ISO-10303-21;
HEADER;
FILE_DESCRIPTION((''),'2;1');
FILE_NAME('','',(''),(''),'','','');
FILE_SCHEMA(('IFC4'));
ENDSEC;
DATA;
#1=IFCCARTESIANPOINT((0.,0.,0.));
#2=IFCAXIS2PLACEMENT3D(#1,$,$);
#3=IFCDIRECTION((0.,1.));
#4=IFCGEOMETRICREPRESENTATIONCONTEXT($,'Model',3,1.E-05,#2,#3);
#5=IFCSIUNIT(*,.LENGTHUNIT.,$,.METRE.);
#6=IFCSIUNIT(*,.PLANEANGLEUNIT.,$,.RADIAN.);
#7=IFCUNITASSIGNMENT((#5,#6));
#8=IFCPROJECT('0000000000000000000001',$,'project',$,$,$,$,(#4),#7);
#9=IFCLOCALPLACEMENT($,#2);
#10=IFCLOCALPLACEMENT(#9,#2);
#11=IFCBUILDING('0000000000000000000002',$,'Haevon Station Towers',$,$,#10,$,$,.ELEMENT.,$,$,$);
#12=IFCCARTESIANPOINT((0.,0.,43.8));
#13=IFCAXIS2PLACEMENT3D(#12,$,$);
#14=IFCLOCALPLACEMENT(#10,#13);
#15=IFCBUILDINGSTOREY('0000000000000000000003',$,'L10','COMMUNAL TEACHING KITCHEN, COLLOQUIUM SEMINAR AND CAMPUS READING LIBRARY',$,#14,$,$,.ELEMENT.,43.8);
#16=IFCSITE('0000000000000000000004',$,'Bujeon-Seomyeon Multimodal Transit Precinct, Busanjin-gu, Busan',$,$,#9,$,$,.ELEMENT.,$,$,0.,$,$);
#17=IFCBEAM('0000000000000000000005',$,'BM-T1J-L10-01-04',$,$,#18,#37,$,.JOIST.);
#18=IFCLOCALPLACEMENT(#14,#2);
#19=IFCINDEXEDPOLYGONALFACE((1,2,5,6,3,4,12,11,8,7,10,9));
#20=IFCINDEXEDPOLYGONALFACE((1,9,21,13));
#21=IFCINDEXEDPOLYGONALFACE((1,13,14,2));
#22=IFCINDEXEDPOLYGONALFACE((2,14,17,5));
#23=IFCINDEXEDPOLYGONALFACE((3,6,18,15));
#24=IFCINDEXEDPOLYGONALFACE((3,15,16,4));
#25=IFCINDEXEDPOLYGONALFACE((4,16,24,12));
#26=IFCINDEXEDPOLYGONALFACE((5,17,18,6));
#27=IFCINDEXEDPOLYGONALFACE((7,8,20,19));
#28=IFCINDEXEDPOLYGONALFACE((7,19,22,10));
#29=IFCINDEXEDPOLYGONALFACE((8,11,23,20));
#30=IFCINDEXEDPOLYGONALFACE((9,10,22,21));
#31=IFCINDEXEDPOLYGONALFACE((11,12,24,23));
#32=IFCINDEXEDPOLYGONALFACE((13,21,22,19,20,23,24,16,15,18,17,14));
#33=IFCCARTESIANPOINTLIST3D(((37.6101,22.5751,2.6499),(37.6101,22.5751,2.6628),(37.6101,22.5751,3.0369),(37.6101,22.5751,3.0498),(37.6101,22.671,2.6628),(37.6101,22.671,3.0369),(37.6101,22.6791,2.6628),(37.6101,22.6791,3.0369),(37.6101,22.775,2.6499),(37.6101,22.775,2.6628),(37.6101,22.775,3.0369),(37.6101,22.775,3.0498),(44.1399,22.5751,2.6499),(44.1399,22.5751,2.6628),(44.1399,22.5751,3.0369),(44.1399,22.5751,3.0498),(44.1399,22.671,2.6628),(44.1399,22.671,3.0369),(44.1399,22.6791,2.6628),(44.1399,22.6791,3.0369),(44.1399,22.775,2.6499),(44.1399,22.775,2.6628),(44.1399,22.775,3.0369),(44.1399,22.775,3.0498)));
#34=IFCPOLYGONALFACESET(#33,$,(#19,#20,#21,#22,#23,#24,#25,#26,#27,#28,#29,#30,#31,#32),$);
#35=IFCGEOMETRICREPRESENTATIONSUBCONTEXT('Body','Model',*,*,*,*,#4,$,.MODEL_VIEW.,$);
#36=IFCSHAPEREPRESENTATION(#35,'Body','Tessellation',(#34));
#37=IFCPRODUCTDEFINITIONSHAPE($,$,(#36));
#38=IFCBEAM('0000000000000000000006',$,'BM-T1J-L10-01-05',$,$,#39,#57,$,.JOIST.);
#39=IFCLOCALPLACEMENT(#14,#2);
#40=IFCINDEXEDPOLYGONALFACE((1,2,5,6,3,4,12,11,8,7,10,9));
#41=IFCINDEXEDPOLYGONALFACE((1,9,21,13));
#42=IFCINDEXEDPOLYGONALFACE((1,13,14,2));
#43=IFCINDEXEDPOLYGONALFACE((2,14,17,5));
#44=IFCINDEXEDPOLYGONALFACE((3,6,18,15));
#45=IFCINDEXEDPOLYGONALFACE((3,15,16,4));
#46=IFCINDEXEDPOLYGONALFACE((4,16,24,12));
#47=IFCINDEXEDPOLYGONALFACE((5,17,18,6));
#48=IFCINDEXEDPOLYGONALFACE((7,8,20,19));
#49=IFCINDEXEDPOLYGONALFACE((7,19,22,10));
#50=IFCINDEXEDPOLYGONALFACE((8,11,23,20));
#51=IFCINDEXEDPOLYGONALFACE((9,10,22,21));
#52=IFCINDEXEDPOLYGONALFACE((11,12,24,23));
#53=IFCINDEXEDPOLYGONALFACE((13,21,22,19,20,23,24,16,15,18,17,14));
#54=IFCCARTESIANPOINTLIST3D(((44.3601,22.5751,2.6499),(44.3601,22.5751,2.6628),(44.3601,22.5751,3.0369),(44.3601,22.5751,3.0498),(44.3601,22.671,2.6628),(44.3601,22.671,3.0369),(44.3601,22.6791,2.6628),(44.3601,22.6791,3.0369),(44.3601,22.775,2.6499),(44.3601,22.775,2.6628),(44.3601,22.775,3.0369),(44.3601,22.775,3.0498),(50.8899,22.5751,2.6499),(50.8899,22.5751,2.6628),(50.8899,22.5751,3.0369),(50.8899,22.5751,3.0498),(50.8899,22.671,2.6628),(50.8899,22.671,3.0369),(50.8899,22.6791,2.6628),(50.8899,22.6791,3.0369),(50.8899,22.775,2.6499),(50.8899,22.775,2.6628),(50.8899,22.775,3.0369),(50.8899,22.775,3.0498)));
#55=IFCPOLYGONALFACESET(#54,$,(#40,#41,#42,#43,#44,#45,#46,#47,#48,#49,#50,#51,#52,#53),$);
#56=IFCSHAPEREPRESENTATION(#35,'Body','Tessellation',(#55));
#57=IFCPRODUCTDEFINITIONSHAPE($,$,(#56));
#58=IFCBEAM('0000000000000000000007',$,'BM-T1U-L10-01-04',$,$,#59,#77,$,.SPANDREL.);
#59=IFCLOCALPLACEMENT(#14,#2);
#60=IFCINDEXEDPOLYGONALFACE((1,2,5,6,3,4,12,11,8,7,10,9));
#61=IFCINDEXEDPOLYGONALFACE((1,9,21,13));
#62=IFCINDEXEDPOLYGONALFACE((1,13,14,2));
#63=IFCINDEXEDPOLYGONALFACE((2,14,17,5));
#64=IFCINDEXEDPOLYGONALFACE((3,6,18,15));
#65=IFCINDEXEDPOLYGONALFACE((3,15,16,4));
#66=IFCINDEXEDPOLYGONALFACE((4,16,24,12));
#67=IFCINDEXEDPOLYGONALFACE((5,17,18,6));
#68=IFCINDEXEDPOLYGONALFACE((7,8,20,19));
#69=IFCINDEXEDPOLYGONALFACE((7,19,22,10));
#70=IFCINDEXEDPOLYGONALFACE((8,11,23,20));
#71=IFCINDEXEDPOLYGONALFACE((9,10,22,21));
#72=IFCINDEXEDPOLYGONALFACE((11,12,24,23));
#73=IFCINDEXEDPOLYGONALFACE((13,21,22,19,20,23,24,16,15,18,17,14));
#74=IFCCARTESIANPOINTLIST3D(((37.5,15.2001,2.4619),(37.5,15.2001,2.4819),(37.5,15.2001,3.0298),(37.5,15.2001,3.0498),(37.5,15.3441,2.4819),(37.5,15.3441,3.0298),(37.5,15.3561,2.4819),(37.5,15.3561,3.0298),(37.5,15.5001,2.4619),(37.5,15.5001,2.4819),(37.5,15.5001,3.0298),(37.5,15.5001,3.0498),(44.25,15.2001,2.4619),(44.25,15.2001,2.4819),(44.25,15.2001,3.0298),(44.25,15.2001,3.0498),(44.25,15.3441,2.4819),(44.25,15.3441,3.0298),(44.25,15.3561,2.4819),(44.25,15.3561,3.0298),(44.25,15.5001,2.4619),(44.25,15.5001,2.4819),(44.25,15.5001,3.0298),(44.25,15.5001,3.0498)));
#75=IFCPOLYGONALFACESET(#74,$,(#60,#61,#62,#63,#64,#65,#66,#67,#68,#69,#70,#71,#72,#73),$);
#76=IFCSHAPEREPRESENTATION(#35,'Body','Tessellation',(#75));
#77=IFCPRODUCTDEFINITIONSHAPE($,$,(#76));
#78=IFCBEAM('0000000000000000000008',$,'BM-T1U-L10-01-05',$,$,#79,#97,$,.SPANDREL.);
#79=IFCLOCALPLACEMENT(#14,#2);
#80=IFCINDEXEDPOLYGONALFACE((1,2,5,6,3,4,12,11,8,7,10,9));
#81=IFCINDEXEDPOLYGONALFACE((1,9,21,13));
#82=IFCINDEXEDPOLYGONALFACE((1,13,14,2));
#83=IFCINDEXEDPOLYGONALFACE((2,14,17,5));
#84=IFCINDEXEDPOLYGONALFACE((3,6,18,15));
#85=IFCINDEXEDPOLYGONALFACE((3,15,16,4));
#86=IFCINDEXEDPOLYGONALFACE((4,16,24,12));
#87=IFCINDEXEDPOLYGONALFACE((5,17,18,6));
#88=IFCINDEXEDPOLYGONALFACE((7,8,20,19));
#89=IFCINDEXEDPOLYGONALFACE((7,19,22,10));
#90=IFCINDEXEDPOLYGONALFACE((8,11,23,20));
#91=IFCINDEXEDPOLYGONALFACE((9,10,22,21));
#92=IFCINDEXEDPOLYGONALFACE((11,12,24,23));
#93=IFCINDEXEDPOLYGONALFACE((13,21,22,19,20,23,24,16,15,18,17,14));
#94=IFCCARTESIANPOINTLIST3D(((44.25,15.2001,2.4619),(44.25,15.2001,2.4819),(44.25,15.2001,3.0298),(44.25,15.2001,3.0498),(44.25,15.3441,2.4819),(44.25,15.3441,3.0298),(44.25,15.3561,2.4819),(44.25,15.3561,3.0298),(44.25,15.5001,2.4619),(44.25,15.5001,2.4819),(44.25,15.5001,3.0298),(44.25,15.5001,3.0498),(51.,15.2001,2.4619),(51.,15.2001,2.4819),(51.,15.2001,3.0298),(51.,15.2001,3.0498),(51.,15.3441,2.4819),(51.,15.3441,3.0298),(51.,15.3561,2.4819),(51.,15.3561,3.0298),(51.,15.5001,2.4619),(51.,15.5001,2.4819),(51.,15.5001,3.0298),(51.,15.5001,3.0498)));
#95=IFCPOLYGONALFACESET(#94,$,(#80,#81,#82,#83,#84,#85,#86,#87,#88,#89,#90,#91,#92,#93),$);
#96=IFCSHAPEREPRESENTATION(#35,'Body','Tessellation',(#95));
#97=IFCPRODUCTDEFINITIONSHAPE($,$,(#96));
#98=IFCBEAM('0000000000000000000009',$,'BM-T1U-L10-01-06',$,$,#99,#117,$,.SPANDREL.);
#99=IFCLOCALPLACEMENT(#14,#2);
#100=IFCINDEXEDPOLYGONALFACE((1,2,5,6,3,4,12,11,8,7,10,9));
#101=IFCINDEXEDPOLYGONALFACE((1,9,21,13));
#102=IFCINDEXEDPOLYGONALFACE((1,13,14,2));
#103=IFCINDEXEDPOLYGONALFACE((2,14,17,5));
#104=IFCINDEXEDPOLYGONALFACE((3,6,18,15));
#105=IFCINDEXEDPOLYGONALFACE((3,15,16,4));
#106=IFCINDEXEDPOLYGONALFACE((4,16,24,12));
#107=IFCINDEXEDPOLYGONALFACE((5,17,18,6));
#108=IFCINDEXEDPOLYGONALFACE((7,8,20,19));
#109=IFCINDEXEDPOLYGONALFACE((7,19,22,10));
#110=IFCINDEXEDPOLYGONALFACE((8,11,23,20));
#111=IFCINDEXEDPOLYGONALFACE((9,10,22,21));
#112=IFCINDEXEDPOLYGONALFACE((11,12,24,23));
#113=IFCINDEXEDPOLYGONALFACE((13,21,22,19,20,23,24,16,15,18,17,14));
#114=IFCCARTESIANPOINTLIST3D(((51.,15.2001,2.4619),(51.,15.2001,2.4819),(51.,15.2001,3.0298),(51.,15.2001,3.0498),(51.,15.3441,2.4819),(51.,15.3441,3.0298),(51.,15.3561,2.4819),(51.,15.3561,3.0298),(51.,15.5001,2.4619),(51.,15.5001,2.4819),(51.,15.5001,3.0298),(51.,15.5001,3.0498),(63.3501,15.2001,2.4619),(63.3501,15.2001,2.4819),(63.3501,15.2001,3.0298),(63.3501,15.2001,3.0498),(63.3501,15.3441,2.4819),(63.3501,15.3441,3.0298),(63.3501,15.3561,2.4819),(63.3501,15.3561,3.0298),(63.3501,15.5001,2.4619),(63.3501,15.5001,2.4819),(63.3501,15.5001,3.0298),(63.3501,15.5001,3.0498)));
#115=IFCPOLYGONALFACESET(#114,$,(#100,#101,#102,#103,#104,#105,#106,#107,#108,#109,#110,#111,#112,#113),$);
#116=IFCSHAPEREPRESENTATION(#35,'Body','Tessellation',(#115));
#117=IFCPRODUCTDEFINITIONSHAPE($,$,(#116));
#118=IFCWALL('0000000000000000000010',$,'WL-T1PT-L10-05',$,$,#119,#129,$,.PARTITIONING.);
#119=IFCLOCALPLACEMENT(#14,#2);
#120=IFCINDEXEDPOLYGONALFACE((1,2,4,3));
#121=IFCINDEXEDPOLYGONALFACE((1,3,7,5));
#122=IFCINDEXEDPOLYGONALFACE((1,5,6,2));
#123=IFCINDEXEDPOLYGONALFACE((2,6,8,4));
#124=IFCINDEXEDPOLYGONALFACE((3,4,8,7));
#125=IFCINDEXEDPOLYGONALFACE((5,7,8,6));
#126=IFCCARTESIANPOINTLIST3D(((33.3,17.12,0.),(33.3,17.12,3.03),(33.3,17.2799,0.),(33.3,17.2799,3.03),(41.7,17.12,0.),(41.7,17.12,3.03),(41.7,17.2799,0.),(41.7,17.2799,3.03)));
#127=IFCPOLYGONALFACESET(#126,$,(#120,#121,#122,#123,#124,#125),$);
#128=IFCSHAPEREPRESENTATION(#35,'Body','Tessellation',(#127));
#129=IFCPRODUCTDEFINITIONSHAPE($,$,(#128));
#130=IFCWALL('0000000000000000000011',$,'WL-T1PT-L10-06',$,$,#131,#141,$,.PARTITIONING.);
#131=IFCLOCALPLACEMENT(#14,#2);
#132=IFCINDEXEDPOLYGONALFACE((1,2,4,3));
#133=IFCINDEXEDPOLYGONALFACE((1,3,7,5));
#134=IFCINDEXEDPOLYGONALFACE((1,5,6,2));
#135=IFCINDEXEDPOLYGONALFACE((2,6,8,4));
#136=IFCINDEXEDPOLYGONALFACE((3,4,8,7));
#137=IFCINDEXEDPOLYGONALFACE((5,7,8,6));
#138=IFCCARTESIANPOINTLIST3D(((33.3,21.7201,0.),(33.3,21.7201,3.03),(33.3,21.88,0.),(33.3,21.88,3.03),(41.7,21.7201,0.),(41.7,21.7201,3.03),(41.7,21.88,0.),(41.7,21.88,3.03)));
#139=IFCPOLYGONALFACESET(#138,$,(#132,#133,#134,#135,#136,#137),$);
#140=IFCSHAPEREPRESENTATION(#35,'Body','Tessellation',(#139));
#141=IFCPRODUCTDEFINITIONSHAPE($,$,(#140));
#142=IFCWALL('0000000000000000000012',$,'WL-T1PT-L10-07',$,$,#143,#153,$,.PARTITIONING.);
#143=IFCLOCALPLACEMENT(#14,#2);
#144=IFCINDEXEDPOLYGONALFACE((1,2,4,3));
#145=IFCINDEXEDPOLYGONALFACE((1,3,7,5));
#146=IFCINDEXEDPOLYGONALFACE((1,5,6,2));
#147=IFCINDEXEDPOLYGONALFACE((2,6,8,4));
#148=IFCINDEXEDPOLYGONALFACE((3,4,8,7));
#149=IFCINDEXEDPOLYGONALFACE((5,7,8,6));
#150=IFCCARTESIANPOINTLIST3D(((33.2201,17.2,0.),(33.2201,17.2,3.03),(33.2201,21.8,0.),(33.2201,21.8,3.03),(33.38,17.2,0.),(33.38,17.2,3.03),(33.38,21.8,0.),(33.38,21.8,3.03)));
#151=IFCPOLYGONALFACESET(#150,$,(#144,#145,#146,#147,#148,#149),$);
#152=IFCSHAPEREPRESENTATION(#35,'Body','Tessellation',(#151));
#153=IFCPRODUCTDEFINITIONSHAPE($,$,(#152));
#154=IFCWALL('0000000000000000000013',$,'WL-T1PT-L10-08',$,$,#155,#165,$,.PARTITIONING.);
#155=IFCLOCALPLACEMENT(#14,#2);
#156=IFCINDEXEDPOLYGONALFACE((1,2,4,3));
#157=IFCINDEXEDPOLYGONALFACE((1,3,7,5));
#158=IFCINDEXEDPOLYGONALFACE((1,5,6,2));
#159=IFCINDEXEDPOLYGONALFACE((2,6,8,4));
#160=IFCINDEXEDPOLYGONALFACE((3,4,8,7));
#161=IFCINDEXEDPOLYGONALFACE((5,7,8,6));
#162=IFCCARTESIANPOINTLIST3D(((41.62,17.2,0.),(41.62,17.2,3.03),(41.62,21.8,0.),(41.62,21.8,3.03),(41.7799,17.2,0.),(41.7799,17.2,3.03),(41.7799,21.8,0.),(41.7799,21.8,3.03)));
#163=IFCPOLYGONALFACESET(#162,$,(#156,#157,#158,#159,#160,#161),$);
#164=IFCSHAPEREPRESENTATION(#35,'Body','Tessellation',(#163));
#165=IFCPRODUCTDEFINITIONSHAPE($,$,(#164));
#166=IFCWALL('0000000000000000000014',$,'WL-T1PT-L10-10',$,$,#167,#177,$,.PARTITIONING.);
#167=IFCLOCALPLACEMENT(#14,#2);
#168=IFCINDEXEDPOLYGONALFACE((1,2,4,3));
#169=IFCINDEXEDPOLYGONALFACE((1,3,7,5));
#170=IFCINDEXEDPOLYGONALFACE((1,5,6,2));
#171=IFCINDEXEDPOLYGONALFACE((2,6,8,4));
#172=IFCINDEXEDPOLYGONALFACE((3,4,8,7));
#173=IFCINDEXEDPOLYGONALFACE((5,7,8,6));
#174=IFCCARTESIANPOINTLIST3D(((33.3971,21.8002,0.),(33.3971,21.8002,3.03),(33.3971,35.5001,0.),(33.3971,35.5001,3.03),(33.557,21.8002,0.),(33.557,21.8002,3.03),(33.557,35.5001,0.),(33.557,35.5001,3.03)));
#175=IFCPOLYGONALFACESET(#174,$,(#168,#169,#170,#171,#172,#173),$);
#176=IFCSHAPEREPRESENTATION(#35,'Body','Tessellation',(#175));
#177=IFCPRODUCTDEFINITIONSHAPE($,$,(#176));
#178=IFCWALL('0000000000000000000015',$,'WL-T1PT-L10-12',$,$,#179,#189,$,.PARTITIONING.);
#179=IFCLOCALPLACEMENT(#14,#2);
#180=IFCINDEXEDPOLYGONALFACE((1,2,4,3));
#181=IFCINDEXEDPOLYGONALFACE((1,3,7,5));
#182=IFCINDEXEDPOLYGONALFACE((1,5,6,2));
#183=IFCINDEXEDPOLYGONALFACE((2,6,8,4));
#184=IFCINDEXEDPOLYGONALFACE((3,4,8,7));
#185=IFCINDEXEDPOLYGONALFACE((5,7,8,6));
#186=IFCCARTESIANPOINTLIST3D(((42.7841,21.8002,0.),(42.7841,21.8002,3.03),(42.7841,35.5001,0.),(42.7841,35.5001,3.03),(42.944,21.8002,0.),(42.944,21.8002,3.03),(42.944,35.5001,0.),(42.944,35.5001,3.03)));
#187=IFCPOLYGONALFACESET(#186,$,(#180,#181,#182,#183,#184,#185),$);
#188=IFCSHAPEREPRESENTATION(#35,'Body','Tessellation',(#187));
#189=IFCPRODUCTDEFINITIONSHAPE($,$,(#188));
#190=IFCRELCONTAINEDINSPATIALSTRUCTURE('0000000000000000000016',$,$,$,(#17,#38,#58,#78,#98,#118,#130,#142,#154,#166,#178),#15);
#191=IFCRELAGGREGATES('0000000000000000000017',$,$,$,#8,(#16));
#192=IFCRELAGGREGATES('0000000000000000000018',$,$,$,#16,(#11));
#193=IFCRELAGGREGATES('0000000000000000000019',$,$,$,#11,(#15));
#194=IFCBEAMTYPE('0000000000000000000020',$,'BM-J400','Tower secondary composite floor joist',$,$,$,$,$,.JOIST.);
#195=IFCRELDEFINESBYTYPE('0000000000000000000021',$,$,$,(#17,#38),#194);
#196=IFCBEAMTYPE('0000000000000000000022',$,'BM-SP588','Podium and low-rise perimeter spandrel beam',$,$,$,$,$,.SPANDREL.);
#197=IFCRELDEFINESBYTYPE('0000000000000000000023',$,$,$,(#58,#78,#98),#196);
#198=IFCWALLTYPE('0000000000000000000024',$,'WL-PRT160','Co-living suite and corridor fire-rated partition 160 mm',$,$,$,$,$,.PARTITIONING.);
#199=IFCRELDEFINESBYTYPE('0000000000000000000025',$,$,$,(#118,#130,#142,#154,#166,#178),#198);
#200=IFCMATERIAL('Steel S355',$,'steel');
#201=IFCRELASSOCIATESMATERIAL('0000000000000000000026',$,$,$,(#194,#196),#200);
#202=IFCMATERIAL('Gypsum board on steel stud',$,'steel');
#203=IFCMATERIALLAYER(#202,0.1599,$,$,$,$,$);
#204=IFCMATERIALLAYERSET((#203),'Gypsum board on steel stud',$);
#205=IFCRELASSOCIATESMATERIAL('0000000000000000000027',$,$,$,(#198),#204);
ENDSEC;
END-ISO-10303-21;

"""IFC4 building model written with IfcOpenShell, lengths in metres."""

from ifc_helpers import new_model, si_unit, direction, frame, frame_2d, origin, origin_2d, place, context, subcontext, project, spatial, rectangle, i_section, extrude, material, layer, layer_set, material_profile, profile_set, type_object, element, save


model = new_model("IFC4")

# Units and contexts
model_context = context("Model", 3, precision=1e-05, world=origin(), true_north=direction((0.0, 1.0)))
body_context = subcontext(model_context, "Body", "Model", "MODEL_VIEW")
ifc_project = project(units=[si_unit("LENGTHUNIT", "METRE"), si_unit("PLANEANGLEUNIT", "RADIAN")], contexts=[model_context])

# Site, building, storey
site_placement = place(None, origin())
site = spatial("IfcSite", under=ifc_project, at=site_placement, Name="Bujeon-Seomyeon Multimodal Transit Precinct, Busanjin-gu, Busan", CompositionType="ELEMENT", RefElevation=0.0)
building_placement = place(site_placement, origin())
building = spatial("IfcBuilding", under=site, at=building_placement, Name="Haevon Station Towers", CompositionType="ELEMENT")
storey_placement = place(building_placement, frame((0.0, 0.0, 43.8)))
storey = spatial("IfcBuildingStorey", under=building, at=storey_placement, Name="L10", Description="COMMUNAL TEACHING KITCHEN, COLLOQUIUM SEMINAR AND CAMPUS READING LIBRARY", CompositionType="ELEMENT", Elevation=43.8)

# Beams
ifc_material_1 = material(Name="Steel S355", Category="steel")
ifc_material_profile_1 = material_profile(ifc_material_1, i_section(OverallWidth=0.2, OverallDepth=0.3999, WebThickness=0.0081, FlangeThickness=0.0129, at=origin_2d()), Name="H-400x200x8x13")
ifc_profile_set_1 = profile_set([ifc_material_profile_1], Name="Steel S355")
beam_type_1 = type_object("IfcBeamType", Name="BM-J400", Description="Tower secondary composite floor joist", PredefinedType="JOIST", material=ifc_profile_set_1)
for number, where, z_axis, x_axis, name in (
    (1, (37.6101, 22.675, 2.8499), (1.0, 0.0, 0.0), (0.0, 1.0, 0.0), "BM-T1J-L10-01-04"),
    (2, (44.3601, 22.675, 2.8499), (1.0, 0.0, 0.0), (0.0, 1.0, 0.0), "BM-T1J-L10-01-05"),
):
    element("IfcBeam", number, at=place(storey_placement, frame(where, z_axis=z_axis, x_axis=x_axis)), inside=storey, type_object=beam_type_1, Name=name, PredefinedType="JOIST", context=body_context, shape_type="SweptSolid", body=[
        extrude(i_section(OverallWidth=0.2, OverallDepth=0.3999, WebThickness=0.0081, FlangeThickness=0.0129, at=origin_2d()), origin(), (0.0, 0.0, 1.0), 6.5298),
    ])
ifc_material_profile_2 = material_profile(ifc_material_1, i_section(OverallWidth=0.3, OverallDepth=0.5879, WebThickness=0.012, FlangeThickness=0.02, at=origin_2d()), Name="H-588x300x12x20")
ifc_profile_set_2 = profile_set([ifc_material_profile_2], Name="Steel S355")
beam_type_2 = type_object("IfcBeamType", Name="BM-SP588", Description="Podium and low-rise perimeter spandrel beam", PredefinedType="SPANDREL", material=ifc_profile_set_2)
for number, where, z_axis, x_axis, name in (
    (3, (37.5, 15.3501, 2.7559), (1.0, 0.0, 0.0), (0.0, 1.0, 0.0), "BM-T1U-L10-01-04"),
    (4, (44.25, 15.3501, 2.7559), (1.0, 0.0, 0.0), (0.0, 1.0, 0.0), "BM-T1U-L10-01-05"),
):
    element("IfcBeam", number, at=place(storey_placement, frame(where, z_axis=z_axis, x_axis=x_axis)), inside=storey, type_object=beam_type_2, Name=name, PredefinedType="SPANDREL", context=body_context, shape_type="SweptSolid", body=[
        extrude(i_section(OverallWidth=0.3, OverallDepth=0.5879, WebThickness=0.012, FlangeThickness=0.02, at=origin_2d()), origin(), (0.0, 0.0, 1.0), 6.75),
    ])
beam_1_placement = place(storey_placement, frame((51.0, 15.3501, 2.7559), z_axis=(1.0, 0.0, 0.0), x_axis=(0.0, 1.0, 0.0)))
element("IfcBeam", 5, at=beam_1_placement, inside=storey, type_object=beam_type_2, Name="BM-T1U-L10-01-06", PredefinedType="SPANDREL", context=body_context, shape_type="SweptSolid", body=[
    extrude(i_section(OverallWidth=0.3, OverallDepth=0.5879, WebThickness=0.012, FlangeThickness=0.02, at=origin_2d()), origin(), (0.0, 0.0, 1.0), 12.3501),
])

# Walls
ifc_material_2 = material(Name="Gypsum board on steel stud", Category="steel")
ifc_layer = layer(ifc_material_2, 0.1599)
ifc_layer_set = layer_set([ifc_layer], Name="Gypsum board on steel stud")
wall_type = type_object("IfcWallType", Name="WL-PRT160", Description="Co-living suite and corridor fire-rated partition 160 mm", PredefinedType="PARTITIONING", material=ifc_layer_set)
for number, where, z_axis, x_axis, name in (
    (6, (33.3, 17.2, 0.0), (0.0, 0.0, 1.0), (1.0, 0.0, 0.0), "WL-T1PT-L10-05"),
    (7, (33.3, 21.8, 0.0), (0.0, 0.0, 1.0), (1.0, 0.0, 0.0), "WL-T1PT-L10-06"),
):
    element("IfcWall", number, at=place(storey_placement, frame(where, z_axis=z_axis, x_axis=x_axis)), inside=storey, type_object=wall_type, Name=name, PredefinedType="PARTITIONING", context=body_context, shape_type="SweptSolid", body=[
        extrude(rectangle(XDim=8.3999, YDim=0.1599, at=frame_2d((4.2, 0.0))), origin(), (0.0, 0.0, 1.0), 3.03),
    ])
for number, where, z_axis, x_axis, name in (
    (8, (33.3, 17.2, 0.0), (0.0, 0.0, 1.0), (0.0, 1.0, 0.0), "WL-T1PT-L10-07"),
    (9, (41.7, 17.2, 0.0), (0.0, 0.0, 1.0), (0.0, 1.0, 0.0), "WL-T1PT-L10-08"),
):
    element("IfcWall", number, at=place(storey_placement, frame(where, z_axis=z_axis, x_axis=x_axis)), inside=storey, type_object=wall_type, Name=name, PredefinedType="PARTITIONING", context=body_context, shape_type="SweptSolid", body=[
        extrude(rectangle(XDim=4.6001, YDim=0.1599, at=frame_2d((2.3, 0.0))), origin(), (0.0, 0.0, 1.0), 3.03),
    ])
for number, where, z_axis, x_axis, name in (
    (10, (33.4771, 21.8, 0.0), (0.0, 0.0, 1.0), (0.0, 1.0, 0.0), "WL-T1PT-L10-10"),
    (11, (42.864, 21.8, 0.0), (0.0, 0.0, 1.0), (0.0, 1.0, 0.0), "WL-T1PT-L10-12"),
):
    element("IfcWall", number, at=place(storey_placement, frame(where, z_axis=z_axis, x_axis=x_axis)), inside=storey, type_object=wall_type, Name=name, PredefinedType="PARTITIONING", context=body_context, shape_type="SweptSolid", body=[
        extrude(rectangle(XDim=13.7, YDim=0.1599, at=frame_2d((6.8501, 0.0))), origin(), (0.0, 0.0, 1.0), 3.03),
    ])

save(model, "model.ifc")
